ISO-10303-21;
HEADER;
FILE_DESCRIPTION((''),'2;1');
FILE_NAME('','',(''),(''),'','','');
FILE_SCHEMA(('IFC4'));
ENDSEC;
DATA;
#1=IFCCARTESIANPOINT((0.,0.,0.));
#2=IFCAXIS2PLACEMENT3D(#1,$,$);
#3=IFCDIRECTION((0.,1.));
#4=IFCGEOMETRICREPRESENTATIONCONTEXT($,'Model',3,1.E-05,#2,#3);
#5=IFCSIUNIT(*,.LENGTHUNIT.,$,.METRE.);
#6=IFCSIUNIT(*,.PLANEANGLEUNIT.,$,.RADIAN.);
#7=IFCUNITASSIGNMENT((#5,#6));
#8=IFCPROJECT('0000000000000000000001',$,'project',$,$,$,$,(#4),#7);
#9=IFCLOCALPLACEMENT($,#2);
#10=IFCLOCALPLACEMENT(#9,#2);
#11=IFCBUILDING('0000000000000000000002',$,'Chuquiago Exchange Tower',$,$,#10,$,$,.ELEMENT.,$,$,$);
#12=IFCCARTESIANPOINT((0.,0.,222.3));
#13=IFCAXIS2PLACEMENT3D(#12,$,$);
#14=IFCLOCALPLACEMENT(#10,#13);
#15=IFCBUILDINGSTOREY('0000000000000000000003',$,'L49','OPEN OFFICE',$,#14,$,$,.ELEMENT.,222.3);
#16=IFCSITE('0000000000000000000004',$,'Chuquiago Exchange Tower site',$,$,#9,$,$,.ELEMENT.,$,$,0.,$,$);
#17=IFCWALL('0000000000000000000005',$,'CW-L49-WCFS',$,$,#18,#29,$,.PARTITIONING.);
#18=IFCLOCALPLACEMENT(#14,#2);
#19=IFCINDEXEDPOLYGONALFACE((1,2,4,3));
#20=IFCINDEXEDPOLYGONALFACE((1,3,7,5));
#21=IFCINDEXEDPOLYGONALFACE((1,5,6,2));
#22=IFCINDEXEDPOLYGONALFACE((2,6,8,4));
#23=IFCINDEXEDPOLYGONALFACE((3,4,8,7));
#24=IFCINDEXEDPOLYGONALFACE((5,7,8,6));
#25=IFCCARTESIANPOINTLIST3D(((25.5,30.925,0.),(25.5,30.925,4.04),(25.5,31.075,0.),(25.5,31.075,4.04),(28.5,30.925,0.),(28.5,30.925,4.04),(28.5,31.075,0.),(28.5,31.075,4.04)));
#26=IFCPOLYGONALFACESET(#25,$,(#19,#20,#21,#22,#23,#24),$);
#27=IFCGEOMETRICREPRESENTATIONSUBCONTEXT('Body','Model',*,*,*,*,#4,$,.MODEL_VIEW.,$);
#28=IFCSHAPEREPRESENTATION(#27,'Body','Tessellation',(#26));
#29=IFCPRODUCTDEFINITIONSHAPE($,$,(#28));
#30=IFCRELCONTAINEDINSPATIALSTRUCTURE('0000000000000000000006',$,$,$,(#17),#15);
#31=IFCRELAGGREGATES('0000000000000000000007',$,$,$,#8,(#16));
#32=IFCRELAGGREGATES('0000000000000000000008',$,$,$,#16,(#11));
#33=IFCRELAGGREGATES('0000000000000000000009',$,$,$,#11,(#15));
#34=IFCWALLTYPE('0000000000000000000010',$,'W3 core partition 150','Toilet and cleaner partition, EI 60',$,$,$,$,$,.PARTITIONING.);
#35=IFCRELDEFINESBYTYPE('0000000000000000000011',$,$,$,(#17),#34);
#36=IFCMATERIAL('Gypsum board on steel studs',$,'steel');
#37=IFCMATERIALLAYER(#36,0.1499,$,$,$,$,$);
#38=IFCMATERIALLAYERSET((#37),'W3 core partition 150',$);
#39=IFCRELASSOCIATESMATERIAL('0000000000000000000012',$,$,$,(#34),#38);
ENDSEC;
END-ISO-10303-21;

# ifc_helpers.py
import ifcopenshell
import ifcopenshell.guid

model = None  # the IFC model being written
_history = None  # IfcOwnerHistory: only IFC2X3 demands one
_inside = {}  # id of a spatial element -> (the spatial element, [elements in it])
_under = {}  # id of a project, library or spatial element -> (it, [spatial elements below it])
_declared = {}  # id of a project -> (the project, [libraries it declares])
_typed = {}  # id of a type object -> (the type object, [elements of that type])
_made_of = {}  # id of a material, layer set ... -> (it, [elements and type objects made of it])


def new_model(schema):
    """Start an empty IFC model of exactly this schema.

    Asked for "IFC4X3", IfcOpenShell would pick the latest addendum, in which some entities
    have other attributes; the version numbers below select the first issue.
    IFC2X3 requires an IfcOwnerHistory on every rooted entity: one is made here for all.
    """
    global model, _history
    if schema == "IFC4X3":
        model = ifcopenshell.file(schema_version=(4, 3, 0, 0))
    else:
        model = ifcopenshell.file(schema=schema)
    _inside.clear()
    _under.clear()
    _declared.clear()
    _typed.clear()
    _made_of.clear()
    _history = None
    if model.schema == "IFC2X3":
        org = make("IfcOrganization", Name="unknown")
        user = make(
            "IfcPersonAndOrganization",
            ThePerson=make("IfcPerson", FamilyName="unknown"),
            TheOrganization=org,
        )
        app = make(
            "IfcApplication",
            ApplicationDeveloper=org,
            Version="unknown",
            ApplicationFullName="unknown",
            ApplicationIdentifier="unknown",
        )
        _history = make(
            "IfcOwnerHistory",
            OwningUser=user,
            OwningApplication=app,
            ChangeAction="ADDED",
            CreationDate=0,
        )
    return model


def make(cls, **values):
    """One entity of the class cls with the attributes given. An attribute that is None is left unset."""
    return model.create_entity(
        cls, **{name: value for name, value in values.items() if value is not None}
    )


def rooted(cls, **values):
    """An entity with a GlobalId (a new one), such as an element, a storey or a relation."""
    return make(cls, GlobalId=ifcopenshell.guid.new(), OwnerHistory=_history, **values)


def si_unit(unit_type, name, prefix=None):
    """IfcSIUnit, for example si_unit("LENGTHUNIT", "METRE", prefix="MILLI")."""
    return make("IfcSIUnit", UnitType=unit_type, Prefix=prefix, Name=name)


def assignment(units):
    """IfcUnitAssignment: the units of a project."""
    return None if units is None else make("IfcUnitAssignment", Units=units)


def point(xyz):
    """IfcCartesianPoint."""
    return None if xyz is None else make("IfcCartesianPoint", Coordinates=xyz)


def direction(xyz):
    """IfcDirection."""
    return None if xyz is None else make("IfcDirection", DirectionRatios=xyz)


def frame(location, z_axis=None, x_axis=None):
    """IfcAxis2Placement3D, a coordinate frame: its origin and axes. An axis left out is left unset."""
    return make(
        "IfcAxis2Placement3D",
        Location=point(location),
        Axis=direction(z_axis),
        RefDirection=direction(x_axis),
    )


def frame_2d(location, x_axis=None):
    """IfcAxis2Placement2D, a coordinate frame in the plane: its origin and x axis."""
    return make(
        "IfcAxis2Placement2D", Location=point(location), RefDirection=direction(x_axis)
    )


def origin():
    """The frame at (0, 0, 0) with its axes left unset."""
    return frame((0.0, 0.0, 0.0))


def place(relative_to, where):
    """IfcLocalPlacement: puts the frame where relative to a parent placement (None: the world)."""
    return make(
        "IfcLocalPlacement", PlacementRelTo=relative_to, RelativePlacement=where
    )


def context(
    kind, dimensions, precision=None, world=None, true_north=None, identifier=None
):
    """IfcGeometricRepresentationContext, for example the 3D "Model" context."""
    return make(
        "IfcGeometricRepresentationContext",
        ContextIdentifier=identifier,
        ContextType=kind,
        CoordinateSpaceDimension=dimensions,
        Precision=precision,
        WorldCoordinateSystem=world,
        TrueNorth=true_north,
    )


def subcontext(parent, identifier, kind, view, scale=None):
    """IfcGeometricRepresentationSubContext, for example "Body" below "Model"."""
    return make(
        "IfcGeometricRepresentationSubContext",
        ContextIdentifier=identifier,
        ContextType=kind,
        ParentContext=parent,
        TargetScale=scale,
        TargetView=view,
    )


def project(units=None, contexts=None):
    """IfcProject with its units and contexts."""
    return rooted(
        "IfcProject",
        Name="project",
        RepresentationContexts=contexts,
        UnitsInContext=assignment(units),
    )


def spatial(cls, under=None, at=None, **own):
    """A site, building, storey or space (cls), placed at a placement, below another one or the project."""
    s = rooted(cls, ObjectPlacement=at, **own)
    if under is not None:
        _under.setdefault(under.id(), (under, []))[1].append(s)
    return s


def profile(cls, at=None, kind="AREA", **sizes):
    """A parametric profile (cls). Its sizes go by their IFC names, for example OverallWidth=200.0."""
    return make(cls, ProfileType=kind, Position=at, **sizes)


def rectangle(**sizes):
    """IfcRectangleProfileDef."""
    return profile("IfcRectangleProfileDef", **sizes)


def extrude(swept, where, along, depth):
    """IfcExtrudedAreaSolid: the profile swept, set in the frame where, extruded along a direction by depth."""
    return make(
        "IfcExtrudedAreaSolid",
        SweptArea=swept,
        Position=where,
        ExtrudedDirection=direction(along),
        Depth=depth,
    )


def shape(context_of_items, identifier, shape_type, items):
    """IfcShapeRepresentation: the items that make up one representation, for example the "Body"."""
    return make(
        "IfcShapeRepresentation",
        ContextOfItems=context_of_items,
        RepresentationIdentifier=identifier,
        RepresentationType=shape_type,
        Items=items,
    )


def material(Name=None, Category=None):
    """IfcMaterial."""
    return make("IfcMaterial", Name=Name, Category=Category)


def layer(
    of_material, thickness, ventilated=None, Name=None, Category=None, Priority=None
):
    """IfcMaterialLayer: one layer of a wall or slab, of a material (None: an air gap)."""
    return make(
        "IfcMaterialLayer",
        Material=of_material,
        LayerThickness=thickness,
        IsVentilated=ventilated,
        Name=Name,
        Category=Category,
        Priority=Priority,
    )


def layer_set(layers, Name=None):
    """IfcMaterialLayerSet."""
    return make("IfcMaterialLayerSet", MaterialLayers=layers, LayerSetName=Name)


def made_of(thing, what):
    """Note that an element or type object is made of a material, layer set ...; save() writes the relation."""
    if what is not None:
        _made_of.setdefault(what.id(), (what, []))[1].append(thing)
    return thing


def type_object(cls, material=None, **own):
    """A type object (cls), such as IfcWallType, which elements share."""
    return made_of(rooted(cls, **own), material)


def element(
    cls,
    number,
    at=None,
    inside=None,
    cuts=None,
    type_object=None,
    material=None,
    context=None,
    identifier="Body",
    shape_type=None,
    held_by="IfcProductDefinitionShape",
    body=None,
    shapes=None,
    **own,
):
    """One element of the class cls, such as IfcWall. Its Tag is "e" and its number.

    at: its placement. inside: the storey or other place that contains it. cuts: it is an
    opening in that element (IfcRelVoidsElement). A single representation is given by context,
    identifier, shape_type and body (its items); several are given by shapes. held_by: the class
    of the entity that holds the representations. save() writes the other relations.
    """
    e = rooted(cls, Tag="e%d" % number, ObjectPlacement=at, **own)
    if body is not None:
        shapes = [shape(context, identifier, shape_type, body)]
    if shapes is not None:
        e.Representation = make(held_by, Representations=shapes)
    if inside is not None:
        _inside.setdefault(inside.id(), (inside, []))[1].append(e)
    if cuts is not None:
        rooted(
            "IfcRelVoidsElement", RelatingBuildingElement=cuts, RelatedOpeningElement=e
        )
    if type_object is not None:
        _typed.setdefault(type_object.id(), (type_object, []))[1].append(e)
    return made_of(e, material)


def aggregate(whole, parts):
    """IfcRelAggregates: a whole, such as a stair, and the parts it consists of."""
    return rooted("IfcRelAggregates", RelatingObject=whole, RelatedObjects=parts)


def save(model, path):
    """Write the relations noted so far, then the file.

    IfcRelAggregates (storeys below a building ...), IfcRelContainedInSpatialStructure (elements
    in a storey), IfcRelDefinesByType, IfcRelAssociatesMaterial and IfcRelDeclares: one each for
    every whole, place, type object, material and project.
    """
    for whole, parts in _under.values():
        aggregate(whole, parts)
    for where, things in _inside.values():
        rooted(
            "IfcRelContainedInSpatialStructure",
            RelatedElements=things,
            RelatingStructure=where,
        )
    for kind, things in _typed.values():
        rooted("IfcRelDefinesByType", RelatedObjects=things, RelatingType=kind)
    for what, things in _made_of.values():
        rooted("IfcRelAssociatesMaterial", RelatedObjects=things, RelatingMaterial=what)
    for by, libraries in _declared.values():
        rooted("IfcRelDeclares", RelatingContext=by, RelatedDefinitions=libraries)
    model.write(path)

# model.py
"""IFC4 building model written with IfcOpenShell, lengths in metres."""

from ifc_helpers import new_model, si_unit, direction, frame, frame_2d, origin, place, context, subcontext, project, spatial, rectangle, extrude, material, layer, layer_set, type_object, element, save


model = new_model("IFC4")

# Units and contexts
model_context = context("Model", 3, precision=1e-05, world=origin(), true_north=direction((0.0, 1.0)))
body_context = subcontext(model_context, "Body", "Model", "MODEL_VIEW")
ifc_project = project(units=[si_unit("LENGTHUNIT", "METRE"), si_unit("PLANEANGLEUNIT", "RADIAN")], contexts=[model_context])

# Site, building, storey
site_placement = place(None, origin())
site = spatial("IfcSite", under=ifc_project, at=site_placement, Name="Chuquiago Exchange Tower site", CompositionType="ELEMENT", RefElevation=0.0)
building_placement = place(site_placement, origin())
building = spatial("IfcBuilding", under=site, at=building_placement, Name="Chuquiago Exchange Tower", CompositionType="ELEMENT")
storey_placement = place(building_placement, frame((0.0, 0.0, 222.3)))
storey = spatial("IfcBuildingStorey", under=building, at=storey_placement, Name="L49", Description="OPEN OFFICE", CompositionType="ELEMENT", Elevation=222.3)

# Shared definitions
ifc_material_1 = material(Name="Gypsum board on steel studs", Category="steel")
ifc_layer_1 = layer(ifc_material_1, 0.1499)
ifc_layer_set_1 = layer_set([ifc_layer_1], Name="W3 core partition 150")
wall_type_1 = type_object("IfcWallType", Name="W3 core partition 150", Description="Toilet and cleaner partition, EI 60", PredefinedType="PARTITIONING", material=ifc_layer_set_1)

# Wall
wall_1_placement = place(storey_placement, frame((25.5, 31.0, 0.0), z_axis=(0.0, 0.0, 1.0), x_axis=(1.0, 0.0, 0.0)))
element("IfcWall", 1, at=wall_1_placement, inside=storey, type_object=wall_type_1, Name="CW-L49-WCFS", PredefinedType="PARTITIONING", context=body_context, shape_type="SweptSolid", body=[
    extrude(rectangle(XDim=3.0, YDim=0.1499, at=frame_2d((1.5, 0.0))), origin(), (0.0, 0.0, 1.0), 4.04),
])

save(model, "model.ifc")
